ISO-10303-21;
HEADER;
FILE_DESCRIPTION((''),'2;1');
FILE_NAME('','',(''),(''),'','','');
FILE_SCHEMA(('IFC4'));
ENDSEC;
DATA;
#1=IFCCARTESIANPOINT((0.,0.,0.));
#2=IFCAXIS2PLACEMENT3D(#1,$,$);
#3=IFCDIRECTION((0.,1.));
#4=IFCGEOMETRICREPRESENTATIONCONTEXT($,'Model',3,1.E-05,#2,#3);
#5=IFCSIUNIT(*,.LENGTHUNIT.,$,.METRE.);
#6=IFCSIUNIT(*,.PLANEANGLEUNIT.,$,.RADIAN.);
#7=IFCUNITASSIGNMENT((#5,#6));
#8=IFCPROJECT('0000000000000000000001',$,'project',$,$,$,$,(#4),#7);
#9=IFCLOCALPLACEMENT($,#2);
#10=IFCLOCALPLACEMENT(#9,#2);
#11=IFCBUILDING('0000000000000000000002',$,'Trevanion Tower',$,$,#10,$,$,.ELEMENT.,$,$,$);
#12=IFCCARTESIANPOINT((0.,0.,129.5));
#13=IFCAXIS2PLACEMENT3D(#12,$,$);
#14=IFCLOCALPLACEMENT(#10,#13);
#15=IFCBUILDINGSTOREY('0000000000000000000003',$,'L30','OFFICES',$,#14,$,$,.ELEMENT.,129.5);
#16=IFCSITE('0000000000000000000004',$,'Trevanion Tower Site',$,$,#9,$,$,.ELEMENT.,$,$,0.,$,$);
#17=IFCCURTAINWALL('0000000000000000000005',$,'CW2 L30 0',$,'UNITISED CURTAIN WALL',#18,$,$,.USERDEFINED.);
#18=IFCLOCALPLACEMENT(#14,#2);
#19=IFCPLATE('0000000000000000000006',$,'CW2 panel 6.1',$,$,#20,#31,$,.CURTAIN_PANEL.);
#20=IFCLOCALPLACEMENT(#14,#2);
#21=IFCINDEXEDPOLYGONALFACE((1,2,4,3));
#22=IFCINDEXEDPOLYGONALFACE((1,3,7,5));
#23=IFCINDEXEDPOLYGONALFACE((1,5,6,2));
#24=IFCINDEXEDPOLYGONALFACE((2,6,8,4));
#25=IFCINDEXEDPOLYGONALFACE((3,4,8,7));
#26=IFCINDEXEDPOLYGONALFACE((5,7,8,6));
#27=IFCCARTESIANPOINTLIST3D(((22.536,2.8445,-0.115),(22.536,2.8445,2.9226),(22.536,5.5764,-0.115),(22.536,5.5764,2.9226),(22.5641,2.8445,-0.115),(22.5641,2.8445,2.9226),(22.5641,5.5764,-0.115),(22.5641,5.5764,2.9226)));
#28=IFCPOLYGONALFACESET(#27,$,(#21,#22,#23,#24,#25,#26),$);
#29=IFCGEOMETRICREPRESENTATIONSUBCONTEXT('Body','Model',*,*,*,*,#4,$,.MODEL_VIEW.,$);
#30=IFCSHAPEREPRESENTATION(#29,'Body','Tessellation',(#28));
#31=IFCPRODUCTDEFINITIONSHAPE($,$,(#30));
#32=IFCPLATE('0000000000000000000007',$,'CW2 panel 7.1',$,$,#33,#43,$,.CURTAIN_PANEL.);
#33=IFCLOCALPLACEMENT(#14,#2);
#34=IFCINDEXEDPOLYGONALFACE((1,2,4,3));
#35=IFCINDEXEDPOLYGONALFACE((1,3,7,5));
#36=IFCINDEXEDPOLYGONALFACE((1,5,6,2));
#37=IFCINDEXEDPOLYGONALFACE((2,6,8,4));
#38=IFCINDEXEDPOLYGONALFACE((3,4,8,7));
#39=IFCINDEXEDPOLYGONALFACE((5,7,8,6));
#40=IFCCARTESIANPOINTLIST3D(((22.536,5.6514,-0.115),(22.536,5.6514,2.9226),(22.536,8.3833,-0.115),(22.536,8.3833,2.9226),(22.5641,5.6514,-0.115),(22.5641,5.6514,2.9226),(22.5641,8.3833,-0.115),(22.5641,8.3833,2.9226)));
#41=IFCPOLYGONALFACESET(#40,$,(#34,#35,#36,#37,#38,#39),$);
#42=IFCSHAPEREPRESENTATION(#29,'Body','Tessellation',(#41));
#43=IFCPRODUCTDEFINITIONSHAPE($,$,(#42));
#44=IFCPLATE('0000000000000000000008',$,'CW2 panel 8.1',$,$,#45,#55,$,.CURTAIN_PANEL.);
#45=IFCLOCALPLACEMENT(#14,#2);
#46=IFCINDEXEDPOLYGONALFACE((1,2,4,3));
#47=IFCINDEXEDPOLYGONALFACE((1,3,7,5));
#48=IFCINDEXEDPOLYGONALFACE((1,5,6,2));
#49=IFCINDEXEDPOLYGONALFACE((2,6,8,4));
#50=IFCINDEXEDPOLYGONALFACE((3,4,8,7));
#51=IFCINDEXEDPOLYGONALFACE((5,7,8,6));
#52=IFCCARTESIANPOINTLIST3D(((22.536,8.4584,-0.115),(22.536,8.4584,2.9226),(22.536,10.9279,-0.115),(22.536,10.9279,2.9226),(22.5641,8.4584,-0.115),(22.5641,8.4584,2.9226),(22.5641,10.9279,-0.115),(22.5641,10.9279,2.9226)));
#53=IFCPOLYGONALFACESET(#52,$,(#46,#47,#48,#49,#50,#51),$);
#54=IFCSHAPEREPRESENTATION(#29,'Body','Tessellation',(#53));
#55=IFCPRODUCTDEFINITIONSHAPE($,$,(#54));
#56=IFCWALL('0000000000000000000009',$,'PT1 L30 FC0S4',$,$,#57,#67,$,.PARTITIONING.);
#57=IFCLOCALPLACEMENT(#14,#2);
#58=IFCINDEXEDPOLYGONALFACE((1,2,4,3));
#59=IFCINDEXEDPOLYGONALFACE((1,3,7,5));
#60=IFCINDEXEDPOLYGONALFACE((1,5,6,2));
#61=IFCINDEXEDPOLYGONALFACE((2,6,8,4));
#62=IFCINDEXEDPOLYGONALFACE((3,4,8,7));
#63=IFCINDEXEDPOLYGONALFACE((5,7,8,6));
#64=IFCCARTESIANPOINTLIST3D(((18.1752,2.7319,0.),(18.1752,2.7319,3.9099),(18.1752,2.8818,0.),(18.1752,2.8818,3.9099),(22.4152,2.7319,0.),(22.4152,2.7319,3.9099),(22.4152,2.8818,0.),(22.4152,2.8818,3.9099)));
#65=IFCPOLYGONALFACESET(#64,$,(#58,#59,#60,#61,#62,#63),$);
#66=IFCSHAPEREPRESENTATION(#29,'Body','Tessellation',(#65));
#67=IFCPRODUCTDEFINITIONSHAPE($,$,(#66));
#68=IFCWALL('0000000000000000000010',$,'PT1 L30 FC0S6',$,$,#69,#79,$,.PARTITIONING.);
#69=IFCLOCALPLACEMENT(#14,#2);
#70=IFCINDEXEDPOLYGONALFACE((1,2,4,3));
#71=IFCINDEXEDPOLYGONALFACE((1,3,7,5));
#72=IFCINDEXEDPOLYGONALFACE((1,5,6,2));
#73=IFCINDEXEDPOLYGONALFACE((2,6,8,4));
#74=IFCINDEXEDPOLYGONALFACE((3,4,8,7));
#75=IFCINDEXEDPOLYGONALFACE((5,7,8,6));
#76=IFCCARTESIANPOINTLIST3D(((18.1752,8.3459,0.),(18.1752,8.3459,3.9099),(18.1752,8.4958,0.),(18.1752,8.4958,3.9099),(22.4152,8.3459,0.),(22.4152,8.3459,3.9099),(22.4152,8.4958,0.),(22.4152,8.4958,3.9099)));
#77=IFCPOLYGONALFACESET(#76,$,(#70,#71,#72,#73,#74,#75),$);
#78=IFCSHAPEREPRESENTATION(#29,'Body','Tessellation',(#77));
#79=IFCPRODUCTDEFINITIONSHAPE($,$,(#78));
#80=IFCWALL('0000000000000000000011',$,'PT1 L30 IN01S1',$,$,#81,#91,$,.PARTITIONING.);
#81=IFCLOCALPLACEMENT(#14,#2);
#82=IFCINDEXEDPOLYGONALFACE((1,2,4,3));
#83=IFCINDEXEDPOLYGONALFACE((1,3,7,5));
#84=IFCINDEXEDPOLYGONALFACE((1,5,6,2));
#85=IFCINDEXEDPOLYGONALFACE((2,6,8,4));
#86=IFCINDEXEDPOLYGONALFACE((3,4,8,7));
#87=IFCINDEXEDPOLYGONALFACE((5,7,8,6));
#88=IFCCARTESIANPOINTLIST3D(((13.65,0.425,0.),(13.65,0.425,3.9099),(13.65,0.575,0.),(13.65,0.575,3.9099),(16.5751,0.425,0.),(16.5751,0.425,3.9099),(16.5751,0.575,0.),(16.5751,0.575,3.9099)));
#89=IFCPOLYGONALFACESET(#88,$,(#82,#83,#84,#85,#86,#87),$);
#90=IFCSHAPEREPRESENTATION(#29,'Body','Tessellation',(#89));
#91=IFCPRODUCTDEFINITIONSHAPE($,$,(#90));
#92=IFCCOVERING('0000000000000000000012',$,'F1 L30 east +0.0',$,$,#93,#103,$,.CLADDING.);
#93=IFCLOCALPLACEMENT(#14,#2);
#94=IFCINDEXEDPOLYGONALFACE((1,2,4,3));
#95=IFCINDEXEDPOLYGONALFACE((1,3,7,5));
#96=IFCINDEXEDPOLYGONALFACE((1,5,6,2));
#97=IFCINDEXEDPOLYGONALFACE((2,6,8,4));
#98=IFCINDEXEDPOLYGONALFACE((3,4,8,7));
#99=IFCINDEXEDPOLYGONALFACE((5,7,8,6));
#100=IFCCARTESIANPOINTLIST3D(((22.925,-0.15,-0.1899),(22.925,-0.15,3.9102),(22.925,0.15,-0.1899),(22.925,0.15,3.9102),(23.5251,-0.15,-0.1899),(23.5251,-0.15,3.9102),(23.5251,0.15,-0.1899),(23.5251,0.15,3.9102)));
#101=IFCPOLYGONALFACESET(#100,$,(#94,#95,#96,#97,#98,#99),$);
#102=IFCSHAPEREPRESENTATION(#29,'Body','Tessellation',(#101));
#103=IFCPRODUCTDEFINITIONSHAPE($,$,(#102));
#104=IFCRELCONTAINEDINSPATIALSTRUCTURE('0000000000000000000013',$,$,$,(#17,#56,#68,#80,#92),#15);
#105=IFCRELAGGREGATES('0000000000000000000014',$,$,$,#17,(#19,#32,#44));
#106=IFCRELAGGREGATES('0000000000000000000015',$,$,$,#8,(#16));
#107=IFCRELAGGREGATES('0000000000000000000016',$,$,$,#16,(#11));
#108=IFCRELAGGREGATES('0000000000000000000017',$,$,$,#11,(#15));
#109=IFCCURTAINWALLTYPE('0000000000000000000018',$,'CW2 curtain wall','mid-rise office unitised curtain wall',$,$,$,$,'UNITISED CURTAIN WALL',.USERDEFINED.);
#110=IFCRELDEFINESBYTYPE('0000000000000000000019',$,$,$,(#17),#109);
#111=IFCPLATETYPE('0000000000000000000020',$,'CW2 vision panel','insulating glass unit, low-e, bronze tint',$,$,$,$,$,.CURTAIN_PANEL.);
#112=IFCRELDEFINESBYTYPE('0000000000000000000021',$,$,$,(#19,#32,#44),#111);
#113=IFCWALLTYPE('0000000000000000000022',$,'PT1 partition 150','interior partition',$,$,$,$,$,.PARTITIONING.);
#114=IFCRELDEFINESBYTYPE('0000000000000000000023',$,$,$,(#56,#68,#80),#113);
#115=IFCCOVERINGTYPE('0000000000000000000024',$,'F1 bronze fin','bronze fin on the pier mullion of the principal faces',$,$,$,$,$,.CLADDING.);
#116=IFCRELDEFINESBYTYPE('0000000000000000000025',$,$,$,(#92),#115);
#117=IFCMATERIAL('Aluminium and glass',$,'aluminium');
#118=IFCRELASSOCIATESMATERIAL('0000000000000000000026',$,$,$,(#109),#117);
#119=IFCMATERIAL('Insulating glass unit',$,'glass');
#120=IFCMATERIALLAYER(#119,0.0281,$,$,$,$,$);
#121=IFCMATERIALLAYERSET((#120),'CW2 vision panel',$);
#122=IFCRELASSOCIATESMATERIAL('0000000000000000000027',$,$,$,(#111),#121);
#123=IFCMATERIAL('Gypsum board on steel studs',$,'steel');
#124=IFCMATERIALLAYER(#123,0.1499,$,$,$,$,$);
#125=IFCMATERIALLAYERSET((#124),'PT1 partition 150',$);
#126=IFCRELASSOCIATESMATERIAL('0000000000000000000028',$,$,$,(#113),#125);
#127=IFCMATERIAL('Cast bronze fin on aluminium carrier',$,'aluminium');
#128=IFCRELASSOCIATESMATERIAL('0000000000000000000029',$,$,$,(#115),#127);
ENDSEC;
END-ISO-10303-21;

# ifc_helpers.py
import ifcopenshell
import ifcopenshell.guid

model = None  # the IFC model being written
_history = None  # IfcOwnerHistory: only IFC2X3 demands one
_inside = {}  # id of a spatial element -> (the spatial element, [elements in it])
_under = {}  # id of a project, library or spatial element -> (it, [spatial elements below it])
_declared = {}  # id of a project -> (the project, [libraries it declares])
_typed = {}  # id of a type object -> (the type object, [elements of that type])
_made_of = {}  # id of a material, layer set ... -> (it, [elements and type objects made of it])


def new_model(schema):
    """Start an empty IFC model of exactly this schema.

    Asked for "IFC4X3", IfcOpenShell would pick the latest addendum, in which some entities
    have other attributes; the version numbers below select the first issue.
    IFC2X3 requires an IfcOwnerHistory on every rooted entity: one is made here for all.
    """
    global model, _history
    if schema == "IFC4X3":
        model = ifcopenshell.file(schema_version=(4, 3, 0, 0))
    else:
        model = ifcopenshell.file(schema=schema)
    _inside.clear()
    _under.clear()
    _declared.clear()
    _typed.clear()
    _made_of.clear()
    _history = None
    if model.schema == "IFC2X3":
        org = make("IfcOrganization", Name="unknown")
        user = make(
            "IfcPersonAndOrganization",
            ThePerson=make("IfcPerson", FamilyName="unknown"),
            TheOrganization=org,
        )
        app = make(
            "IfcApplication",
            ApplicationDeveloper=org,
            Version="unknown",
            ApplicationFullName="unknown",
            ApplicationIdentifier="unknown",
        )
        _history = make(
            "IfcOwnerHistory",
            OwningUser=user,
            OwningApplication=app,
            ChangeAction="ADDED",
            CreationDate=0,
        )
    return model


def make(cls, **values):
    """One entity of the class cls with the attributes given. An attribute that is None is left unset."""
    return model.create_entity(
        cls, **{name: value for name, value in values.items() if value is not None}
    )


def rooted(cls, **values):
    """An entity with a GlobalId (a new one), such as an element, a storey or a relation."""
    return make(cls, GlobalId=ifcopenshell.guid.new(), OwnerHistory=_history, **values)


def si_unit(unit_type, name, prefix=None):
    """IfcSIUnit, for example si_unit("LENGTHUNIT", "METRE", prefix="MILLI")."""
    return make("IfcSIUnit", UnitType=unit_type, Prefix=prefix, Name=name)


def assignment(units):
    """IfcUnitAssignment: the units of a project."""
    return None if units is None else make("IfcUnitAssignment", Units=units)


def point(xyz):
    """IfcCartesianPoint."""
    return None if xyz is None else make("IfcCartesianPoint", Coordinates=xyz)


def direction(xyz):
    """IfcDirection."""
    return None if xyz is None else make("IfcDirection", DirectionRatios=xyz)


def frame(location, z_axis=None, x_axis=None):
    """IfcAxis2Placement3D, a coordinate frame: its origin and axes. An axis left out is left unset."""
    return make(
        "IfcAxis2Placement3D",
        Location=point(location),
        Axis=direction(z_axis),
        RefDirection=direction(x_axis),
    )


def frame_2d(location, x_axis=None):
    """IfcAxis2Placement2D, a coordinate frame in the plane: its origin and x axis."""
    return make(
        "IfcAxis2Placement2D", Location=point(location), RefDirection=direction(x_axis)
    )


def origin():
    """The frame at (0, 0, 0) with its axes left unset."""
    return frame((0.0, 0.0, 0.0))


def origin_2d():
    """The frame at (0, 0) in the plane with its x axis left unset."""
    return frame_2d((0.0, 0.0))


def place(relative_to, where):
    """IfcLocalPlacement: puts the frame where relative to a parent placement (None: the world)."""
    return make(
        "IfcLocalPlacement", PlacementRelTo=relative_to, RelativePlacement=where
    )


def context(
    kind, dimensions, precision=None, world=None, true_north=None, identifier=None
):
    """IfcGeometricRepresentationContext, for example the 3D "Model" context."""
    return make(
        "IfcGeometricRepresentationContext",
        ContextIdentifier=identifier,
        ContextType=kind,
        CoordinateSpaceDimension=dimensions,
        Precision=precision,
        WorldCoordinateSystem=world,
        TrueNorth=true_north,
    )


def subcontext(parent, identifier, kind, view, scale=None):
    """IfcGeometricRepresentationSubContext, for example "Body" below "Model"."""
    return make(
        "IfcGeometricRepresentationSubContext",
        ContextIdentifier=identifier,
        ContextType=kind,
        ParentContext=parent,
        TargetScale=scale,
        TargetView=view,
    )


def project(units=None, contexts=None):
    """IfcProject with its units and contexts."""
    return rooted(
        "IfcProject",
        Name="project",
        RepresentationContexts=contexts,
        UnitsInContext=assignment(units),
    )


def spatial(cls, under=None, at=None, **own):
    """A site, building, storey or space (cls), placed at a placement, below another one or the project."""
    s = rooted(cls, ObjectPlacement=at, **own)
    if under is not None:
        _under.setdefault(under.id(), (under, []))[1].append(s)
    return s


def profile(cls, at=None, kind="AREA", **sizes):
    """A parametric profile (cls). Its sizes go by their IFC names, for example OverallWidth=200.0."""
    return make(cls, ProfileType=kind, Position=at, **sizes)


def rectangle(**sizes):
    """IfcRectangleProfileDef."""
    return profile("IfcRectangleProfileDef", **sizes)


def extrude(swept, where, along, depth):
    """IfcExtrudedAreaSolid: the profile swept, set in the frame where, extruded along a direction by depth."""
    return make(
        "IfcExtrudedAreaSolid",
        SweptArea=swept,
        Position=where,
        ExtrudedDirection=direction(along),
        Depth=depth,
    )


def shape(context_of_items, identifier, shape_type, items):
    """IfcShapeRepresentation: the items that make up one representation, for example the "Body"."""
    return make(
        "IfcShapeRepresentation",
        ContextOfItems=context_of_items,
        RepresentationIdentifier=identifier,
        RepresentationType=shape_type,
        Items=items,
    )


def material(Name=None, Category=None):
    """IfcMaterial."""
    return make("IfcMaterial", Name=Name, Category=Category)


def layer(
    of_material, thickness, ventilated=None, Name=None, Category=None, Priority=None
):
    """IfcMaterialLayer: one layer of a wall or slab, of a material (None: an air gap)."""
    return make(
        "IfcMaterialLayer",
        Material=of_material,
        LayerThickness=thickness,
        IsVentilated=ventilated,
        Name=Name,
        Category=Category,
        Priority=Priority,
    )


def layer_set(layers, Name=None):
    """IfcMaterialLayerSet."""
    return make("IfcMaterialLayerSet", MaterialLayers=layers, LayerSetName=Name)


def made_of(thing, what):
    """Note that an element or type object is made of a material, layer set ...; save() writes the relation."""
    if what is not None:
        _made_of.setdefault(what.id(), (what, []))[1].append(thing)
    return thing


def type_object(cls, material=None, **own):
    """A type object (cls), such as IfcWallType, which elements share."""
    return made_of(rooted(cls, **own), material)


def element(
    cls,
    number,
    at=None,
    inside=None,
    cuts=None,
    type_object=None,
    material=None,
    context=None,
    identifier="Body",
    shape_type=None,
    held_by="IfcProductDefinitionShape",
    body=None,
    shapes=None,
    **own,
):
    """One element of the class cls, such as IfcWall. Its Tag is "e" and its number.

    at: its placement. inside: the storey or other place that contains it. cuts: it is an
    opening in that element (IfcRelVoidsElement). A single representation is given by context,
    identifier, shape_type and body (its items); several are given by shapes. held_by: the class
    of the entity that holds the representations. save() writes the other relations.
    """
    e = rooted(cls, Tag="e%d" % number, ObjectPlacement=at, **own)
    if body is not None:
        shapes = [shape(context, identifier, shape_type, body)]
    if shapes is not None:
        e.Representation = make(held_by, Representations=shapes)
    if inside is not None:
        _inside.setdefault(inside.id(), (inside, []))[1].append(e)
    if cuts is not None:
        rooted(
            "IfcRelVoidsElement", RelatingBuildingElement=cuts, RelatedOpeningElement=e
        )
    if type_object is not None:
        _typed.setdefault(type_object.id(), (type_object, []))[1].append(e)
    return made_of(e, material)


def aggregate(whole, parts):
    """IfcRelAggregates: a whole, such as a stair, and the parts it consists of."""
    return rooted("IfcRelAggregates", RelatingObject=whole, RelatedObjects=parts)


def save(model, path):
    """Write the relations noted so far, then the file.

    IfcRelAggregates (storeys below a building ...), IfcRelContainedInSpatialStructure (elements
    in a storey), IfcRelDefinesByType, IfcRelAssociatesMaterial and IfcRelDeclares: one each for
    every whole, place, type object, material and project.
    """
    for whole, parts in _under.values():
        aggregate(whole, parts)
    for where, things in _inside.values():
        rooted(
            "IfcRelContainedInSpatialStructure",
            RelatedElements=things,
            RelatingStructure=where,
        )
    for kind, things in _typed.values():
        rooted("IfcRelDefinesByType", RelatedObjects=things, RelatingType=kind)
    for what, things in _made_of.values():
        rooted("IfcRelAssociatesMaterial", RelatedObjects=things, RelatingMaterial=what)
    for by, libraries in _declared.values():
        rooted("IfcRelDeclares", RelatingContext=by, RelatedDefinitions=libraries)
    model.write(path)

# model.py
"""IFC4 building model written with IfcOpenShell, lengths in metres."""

from ifc_helpers import new_model, si_unit, direction, frame, frame_2d, origin, origin_2d, place, context, subcontext, project, spatial, rectangle, extrude, material, layer, layer_set, type_object, element, aggregate, save


model = new_model("IFC4")

# Units and contexts
model_context = context("Model", 3, precision=1e-05, world=origin(), true_north=direction((0.0, 1.0)))
body_context = subcontext(model_context, "Body", "Model", "MODEL_VIEW")
ifc_project = project(units=[si_unit("LENGTHUNIT", "METRE"), si_unit("PLANEANGLEUNIT", "RADIAN")], contexts=[model_context])

# Site, building, storey
site_placement = place(None, origin())
site = spatial("IfcSite", under=ifc_project, at=site_placement, Name="Trevanion Tower Site", CompositionType="ELEMENT", RefElevation=0.0)
building_placement = place(site_placement, origin())
building = spatial("IfcBuilding", under=site, at=building_placement, Name="Trevanion Tower", CompositionType="ELEMENT")
storey_placement = place(building_placement, frame((0.0, 0.0, 129.5)))
storey = spatial("IfcBuildingStorey", under=building, at=storey_placement, Name="L30", Description="OFFICES", CompositionType="ELEMENT", Elevation=129.5)

# Curtain wall
ifc_material_1 = material(Name="Aluminium and glass", Category="aluminium")
curtain_wall_type = type_object("IfcCurtainWallType", Name="CW2 curtain wall", Description="mid-rise office unitised curtain wall", ElementType="UNITISED CURTAIN WALL", PredefinedType="USERDEFINED", material=ifc_material_1)
curtain_wall_placement = place(storey_placement, origin())
curtain_wall = element("IfcCurtainWall", 1, at=curtain_wall_placement, inside=storey, type_object=curtain_wall_type, Name="CW2 L30 0", ObjectType="UNITISED CURTAIN WALL", PredefinedType="USERDEFINED")

# Plates
ifc_material_2 = material(Name="Insulating glass unit", Category="glass")
ifc_layer_1 = layer(ifc_material_2, 0.0281)
ifc_layer_set_1 = layer_set([ifc_layer_1], Name="CW2 vision panel")
plate_type_1 = type_object("IfcPlateType", Name="CW2 vision panel", Description="insulating glass unit, low-e, bronze tint", PredefinedType="CURTAIN_PANEL", material=ifc_layer_set_1)
plate_1_placement = place(storey_placement, frame((22.55, 4.2104, -0.115), z_axis=(0.0, 0.0, 1.0), x_axis=(0.0, 1.0, 0.0)))
plate_1 = element("IfcPlate", 2, at=plate_1_placement, type_object=plate_type_1, Name="CW2 panel 6.1", PredefinedType="CURTAIN_PANEL", context=body_context, shape_type="SweptSolid", body=[
    extrude(rectangle(XDim=2.7319, YDim=0.0281, at=origin_2d()), origin(), (0.0, 0.0, 1.0), 3.0376),
])
plate_2_placement = place(storey_placement, frame((22.55, 7.0173, -0.115), z_axis=(0.0, 0.0, 1.0), x_axis=(0.0, 1.0, 0.0)))
plate_2 = element("IfcPlate", 3, at=plate_2_placement, type_object=plate_type_1, Name="CW2 panel 7.1", PredefinedType="CURTAIN_PANEL", context=body_context, shape_type="SweptSolid", body=[
    extrude(rectangle(XDim=2.7319, YDim=0.0281, at=origin_2d()), origin(), (0.0, 0.0, 1.0), 3.0376),
])
plate_3_placement = place(storey_placement, frame((22.55, 9.6931, -0.115), z_axis=(0.0, 0.0, 1.0), x_axis=(0.0, 1.0, 0.0)))
plate_3 = element("IfcPlate", 4, at=plate_3_placement, type_object=plate_type_1, Name="CW2 panel 8.1", PredefinedType="CURTAIN_PANEL", context=body_context, shape_type="SweptSolid", body=[
    extrude(rectangle(XDim=2.4695, YDim=0.0281, at=origin_2d()), origin(), (0.0, 0.0, 1.0), 3.0376),
])
aggregate(curtain_wall, [plate_1, plate_2, plate_3])

# Walls
ifc_material_3 = material(Name="Gypsum board on steel studs", Category="steel")
ifc_layer_2 = layer(ifc_material_3, 0.1499)
ifc_layer_set_2 = layer_set([ifc_layer_2], Name="PT1 partition 150")
wall_type = type_object("IfcWallType", Name="PT1 partition 150", Description="interior partition", PredefinedType="PARTITIONING", material=ifc_layer_set_2)
for number, where, z_axis, x_axis, name in (
    (5, (18.175, 2.8069, 0.0), (0.0, 0.0, 1.0), (1.0, 0.0, 0.0), "PT1 L30 FC0S4"),
    (6, (18.175, 8.4209, 0.0), (0.0, 0.0, 1.0), (1.0, 0.0, 0.0), "PT1 L30 FC0S6"),
):
    element("IfcWall", number, at=place(storey_placement, frame(where, z_axis=z_axis, x_axis=x_axis)), inside=storey, type_object=wall_type, Name=name, PredefinedType="PARTITIONING", context=body_context, shape_type="SweptSolid", body=[
        extrude(rectangle(XDim=4.24, YDim=0.1499, at=frame_2d((2.1201, 0.0))), origin(), (0.0, 0.0, 1.0), 3.9099),
    ])
wall_placement = place(storey_placement, frame((16.575, 0.5, 0.0), z_axis=(0.0, 0.0, 1.0), x_axis=(-1.0, 0.0, 0.0)))
element("IfcWall", 7, at=wall_placement, inside=storey, type_object=wall_type, Name="PT1 L30 IN01S1", PredefinedType="PARTITIONING", context=body_context, shape_type="SweptSolid", body=[
    extrude(rectangle(XDim=2.925, YDim=0.1499, at=frame_2d((1.4624, 0.0))), origin(), (0.0, 0.0, 1.0), 3.9099),
])

# Covering
ifc_material_4 = material(Name="Cast bronze fin on aluminium carrier", Category="aluminium")
covering_type = type_object("IfcCoveringType", Name="F1 bronze fin", Description="bronze fin on the pier mullion of the principal faces", PredefinedType="CLADDING", material=ifc_material_4)
covering_placement = place(storey_placement, frame((23.2251, 0.0, -0.1899), z_axis=(0.0, 0.0, 1.0), x_axis=(0.0, 1.0, 0.0)))
element("IfcCovering", 8, at=covering_placement, inside=storey, type_object=covering_type, Name="F1 L30 east +0.0", PredefinedType="CLADDING", context=body_context, shape_type="SweptSolid", body=[
    extrude(rectangle(XDim=0.3, YDim=0.6001, at=origin_2d()), origin(), (0.0, 0.0, 1.0), 4.1001),
])

save(model, "model.ifc")
